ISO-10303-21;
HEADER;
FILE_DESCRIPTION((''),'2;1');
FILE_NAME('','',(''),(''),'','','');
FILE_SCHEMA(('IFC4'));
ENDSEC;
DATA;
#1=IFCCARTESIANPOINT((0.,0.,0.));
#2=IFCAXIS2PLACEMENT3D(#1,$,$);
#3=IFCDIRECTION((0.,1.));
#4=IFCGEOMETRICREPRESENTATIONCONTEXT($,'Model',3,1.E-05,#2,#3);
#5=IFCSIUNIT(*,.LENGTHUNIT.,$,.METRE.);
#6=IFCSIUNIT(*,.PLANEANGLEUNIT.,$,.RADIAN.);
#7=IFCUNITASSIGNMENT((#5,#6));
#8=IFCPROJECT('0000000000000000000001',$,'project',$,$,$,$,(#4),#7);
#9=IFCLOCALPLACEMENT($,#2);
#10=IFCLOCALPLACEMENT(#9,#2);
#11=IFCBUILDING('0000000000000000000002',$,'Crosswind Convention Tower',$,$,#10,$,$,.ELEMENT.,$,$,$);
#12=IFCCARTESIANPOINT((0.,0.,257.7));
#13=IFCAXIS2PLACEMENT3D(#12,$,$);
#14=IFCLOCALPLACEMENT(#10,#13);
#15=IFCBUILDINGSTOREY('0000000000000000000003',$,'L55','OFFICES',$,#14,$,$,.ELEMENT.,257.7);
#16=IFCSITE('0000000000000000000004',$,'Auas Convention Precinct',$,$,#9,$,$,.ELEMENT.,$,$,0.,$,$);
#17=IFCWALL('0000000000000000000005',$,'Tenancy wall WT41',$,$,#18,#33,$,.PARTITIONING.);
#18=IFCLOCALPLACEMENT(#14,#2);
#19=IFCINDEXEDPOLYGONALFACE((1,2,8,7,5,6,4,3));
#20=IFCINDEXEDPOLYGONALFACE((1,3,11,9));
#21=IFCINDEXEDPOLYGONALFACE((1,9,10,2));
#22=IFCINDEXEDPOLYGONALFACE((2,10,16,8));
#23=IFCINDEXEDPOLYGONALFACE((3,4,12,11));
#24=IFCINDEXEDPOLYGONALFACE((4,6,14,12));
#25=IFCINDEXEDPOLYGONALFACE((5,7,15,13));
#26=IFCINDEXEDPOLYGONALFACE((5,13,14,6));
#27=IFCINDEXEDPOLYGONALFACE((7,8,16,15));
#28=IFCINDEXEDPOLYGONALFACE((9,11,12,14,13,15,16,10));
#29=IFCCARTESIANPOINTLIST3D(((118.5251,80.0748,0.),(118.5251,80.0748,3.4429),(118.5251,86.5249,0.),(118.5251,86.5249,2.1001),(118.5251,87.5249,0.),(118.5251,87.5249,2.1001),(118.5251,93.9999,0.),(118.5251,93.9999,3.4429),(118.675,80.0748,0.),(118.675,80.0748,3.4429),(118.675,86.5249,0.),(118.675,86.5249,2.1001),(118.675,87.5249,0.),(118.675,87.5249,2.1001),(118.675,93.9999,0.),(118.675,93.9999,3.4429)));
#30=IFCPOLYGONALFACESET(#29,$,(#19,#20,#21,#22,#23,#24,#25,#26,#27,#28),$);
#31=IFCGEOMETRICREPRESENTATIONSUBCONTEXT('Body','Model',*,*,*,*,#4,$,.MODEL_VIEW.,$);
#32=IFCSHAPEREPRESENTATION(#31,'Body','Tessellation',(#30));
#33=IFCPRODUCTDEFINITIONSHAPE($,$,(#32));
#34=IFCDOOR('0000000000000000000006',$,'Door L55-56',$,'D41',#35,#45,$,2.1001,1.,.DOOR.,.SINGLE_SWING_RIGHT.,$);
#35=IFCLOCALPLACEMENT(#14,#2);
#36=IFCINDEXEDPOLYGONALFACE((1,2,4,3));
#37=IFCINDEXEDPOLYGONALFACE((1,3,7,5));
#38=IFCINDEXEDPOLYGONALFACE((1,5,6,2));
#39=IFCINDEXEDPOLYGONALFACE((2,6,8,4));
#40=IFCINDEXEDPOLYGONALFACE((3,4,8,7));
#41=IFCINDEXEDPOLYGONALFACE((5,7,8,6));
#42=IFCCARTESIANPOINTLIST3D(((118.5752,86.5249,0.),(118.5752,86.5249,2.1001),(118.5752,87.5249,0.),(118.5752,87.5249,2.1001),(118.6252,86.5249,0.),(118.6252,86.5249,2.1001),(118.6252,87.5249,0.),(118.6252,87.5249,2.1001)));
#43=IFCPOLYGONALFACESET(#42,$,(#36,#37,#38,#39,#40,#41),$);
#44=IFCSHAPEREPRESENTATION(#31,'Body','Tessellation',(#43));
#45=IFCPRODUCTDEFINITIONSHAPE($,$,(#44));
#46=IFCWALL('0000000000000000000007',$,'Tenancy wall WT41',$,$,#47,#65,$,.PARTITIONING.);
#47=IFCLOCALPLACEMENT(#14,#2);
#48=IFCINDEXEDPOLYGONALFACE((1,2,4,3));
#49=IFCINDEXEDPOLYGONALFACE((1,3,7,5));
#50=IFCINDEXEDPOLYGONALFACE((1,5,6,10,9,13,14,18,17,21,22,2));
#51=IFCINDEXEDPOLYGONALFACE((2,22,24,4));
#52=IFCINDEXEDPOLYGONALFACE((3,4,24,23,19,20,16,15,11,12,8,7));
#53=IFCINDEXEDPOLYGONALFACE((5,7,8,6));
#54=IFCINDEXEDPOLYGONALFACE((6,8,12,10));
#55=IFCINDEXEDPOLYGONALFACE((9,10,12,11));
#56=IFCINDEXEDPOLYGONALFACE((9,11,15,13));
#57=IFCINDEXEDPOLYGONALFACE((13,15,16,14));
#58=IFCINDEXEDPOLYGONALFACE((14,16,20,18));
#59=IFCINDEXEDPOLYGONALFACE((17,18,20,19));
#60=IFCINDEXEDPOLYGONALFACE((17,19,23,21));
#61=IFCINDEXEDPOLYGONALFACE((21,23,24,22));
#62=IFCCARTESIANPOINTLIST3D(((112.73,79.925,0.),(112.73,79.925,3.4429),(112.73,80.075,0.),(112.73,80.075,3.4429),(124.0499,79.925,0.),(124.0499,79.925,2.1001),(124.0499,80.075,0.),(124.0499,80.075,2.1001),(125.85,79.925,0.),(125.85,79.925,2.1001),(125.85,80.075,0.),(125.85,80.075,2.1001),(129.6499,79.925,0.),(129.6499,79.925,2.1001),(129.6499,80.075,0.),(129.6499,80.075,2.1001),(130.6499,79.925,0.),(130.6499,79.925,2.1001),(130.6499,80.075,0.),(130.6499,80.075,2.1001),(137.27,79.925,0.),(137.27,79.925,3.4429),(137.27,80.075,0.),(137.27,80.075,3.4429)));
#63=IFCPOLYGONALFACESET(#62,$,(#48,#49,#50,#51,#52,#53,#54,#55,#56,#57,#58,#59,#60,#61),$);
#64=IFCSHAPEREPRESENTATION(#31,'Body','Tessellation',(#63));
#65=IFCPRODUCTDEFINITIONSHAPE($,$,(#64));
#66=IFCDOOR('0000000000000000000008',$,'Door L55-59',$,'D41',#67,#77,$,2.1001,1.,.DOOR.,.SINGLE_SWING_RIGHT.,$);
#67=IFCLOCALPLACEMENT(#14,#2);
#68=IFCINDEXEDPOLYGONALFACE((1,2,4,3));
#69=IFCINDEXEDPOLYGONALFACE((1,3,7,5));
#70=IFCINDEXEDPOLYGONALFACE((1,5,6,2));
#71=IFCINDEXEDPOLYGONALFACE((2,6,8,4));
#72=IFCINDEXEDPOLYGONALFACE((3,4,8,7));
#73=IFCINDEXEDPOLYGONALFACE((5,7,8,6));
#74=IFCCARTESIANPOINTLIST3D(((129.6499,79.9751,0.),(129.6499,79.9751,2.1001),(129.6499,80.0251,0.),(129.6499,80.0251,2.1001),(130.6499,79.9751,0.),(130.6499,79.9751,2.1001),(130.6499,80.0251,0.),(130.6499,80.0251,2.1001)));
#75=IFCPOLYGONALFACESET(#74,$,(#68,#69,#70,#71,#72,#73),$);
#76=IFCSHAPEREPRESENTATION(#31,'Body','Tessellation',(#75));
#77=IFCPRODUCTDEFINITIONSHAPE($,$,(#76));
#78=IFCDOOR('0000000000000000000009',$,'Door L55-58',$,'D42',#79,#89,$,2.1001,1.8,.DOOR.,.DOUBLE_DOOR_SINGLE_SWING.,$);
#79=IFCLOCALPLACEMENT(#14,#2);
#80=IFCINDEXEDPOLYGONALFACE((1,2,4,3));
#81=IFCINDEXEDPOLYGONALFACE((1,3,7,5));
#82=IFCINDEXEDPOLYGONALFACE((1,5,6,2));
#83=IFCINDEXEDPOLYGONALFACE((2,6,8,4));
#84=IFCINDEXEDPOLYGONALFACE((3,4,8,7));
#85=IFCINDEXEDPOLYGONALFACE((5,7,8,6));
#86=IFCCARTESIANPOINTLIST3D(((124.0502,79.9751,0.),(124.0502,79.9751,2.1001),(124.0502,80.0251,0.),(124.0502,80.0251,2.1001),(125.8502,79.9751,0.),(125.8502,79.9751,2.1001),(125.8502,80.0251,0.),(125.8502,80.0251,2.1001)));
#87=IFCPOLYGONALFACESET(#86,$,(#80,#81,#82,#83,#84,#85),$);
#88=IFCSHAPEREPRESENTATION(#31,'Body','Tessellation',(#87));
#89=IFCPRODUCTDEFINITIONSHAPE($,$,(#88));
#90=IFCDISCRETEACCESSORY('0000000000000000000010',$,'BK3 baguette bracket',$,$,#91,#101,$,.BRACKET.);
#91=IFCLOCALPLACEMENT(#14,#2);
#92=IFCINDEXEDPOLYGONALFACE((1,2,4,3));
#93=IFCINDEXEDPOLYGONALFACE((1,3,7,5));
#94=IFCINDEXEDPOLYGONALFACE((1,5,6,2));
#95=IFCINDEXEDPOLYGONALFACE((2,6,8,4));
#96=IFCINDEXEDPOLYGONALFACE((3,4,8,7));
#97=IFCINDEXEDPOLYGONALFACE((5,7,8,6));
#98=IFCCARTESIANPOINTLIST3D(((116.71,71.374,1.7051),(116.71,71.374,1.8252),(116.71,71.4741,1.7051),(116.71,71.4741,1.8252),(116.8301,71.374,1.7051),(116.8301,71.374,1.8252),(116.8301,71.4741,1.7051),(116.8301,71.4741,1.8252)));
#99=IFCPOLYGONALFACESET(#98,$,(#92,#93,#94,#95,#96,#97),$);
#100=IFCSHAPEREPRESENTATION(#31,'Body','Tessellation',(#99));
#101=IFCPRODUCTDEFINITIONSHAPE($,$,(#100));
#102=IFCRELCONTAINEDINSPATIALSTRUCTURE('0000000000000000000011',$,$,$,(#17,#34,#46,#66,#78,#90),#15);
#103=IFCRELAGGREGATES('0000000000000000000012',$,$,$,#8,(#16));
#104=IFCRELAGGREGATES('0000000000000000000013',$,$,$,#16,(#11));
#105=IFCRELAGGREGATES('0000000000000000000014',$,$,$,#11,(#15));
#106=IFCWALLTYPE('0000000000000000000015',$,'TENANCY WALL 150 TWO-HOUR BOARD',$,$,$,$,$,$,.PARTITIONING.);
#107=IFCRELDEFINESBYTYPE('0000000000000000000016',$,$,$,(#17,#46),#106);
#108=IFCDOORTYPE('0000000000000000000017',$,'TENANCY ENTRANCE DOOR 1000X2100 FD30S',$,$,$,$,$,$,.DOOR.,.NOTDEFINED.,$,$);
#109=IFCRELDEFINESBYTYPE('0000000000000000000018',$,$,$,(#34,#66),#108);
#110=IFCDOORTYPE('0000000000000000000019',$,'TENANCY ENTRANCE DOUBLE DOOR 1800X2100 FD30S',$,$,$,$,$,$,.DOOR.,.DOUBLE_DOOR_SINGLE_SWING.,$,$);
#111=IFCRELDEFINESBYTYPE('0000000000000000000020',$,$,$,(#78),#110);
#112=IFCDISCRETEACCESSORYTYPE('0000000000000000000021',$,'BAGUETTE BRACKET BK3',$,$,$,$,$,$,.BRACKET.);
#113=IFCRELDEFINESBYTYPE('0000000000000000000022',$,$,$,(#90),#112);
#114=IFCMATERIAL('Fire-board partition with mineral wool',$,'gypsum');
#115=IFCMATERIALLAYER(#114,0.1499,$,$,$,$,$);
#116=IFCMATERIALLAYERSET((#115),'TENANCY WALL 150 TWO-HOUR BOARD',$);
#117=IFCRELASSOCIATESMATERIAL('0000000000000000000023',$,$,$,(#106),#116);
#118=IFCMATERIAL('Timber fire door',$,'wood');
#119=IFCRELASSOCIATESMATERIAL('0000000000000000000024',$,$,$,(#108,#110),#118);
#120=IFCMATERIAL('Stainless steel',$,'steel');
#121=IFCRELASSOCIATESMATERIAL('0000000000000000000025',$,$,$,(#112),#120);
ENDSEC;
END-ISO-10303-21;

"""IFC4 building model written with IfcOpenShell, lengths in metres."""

from ifc_helpers import new_model, si_unit, direction, frame, frame_2d, origin, origin_2d, place, context, subcontext, project, spatial, rectangle, extrude, material, layer, layer_set, type_object, element, fill, save


model = new_model("IFC4")

# Units and contexts
model_context = context("Model", 3, precision=1e-05, world=origin(), true_north=direction((0.0, 1.0)))
body_context = subcontext(model_context, "Body", "Model", "MODEL_VIEW")
ifc_project = project(units=[si_unit("LENGTHUNIT", "METRE"), si_unit("PLANEANGLEUNIT", "RADIAN")], contexts=[model_context])

# Site, building, storey
site_placement = place(None, origin())
site = spatial("IfcSite", under=ifc_project, at=site_placement, Name="Auas Convention Precinct", CompositionType="ELEMENT", RefElevation=0.0)
building_placement = place(site_placement, origin())
building = spatial("IfcBuilding", under=site, at=building_placement, Name="Crosswind Convention Tower", CompositionType="ELEMENT")
storey_placement = place(building_placement, frame((0.0, 0.0, 257.7)))
storey = spatial("IfcBuildingStorey", under=building, at=storey_placement, Name="L55", Description="OFFICES", CompositionType="ELEMENT", Elevation=257.7)

# Wall, opening, door
ifc_material_1 = material(Name="Fire-board partition with mineral wool", Category="gypsum")
ifc_layer_1 = layer(ifc_material_1, 0.1499)
ifc_layer_set_1 = layer_set([ifc_layer_1], Name="TENANCY WALL 150 TWO-HOUR BOARD")
wall_type = type_object("IfcWallType", Name="TENANCY WALL 150 TWO-HOUR BOARD", PredefinedType="PARTITIONING", material=ifc_layer_set_1)
wall_1_placement = place(storey_placement, frame((118.6001, 80.075, 0.0), z_axis=(0.0, 0.0, 1.0), x_axis=(0.0, 1.0, 0.0)))
wall_1 = element("IfcWall", 1, at=wall_1_placement, inside=storey, type_object=wall_type, Name="Tenancy wall WT41", PredefinedType="PARTITIONING", context=body_context, shape_type="SweptSolid", body=[
    extrude(rectangle(XDim=13.925, YDim=0.1499, at=frame_2d((6.9624, 0.0))), origin(), (0.0, 0.0, 1.0), 3.4429),
])
opening_1_placement = place(wall_1_placement, frame((6.45, 0.0, 0.0)))
opening_1 = element("IfcOpeningElement", 2, at=opening_1_placement, cuts=wall_1, PredefinedType="OPENING", context=body_context, shape_type="SweptSolid", body=[
    extrude(rectangle(XDim=1.0, YDim=2.1001, at=frame_2d((0.5, 1.05))), frame((0.0, 0.085, 0.0), z_axis=(0.0, -1.0, 0.0), x_axis=(1.0, 0.0, 0.0)), (0.0, 0.0, 1.0), 0.1699),
])
ifc_material_2 = material(Name="Timber fire door", Category="wood")
door_type_1 = type_object("IfcDoorType", Name="TENANCY ENTRANCE DOOR 1000X2100 FD30S", OperationType="NOTDEFINED", PredefinedType="DOOR", material=ifc_material_2)
door_1_placement = place(opening_1_placement, origin())
door_1 = element("IfcDoor", 3, at=door_1_placement, inside=storey, type_object=door_type_1, Name="Door L55-56", ObjectType="D41", OperationType="SINGLE_SWING_RIGHT", OverallHeight=2.1001, OverallWidth=1.0, PredefinedType="DOOR", context=body_context, shape_type="SweptSolid", body=[
    extrude(rectangle(XDim=1.0, YDim=2.1001, at=frame_2d((0.5, 1.05))), frame((0.0, 0.0249, 0.0), z_axis=(0.0, -1.0, 0.0), x_axis=(1.0, 0.0, 0.0)), (0.0, 0.0, 1.0), 0.05),
])
fill(opening_1, door_1)

# Wall, openings, doors
wall_2_placement = place(storey_placement, frame((112.73, 80.0, 0.0), z_axis=(0.0, 0.0, 1.0), x_axis=(1.0, 0.0, 0.0)))
wall_2 = element("IfcWall", 4, at=wall_2_placement, inside=storey, type_object=wall_type, Name="Tenancy wall WT41", PredefinedType="PARTITIONING", context=body_context, shape_type="SweptSolid", body=[
    extrude(rectangle(XDim=24.54, YDim=0.1499, at=frame_2d((12.27, 0.0))), origin(), (0.0, 0.0, 1.0), 3.4429),
])
opening_2_placement = place(wall_2_placement, frame((11.3201, 0.0, 0.0)))
opening_2 = element("IfcOpeningElement", 5, at=opening_2_placement, cuts=wall_2, PredefinedType="OPENING", context=body_context, shape_type="SweptSolid", body=[
    extrude(rectangle(XDim=1.8, YDim=2.1001, at=frame_2d((0.8999, 1.05))), frame((0.0, 0.085, 0.0), z_axis=(0.0, -1.0, 0.0), x_axis=(1.0, 0.0, 0.0)), (0.0, 0.0, 1.0), 0.1699),
])
opening_3_placement = place(wall_2_placement, frame((16.9199, 0.0, 0.0)))
opening_3 = element("IfcOpeningElement", 6, at=opening_3_placement, cuts=wall_2, PredefinedType="OPENING", context=body_context, shape_type="SweptSolid", body=[
    extrude(rectangle(XDim=1.0, YDim=2.1001, at=frame_2d((0.5, 1.05))), frame((0.0, 0.085, 0.0), z_axis=(0.0, -1.0, 0.0), x_axis=(1.0, 0.0, 0.0)), (0.0, 0.0, 1.0), 0.1699),
])
door_2_placement = place(opening_3_placement, frame((1.0, 0.0, 0.0), z_axis=(0.0, 0.0, 1.0), x_axis=(-1.0, 0.0, 0.0)))
door_2 = element("IfcDoor", 7, at=door_2_placement, inside=storey, type_object=door_type_1, Name="Door L55-59", ObjectType="D41", OperationType="SINGLE_SWING_RIGHT", OverallHeight=2.1001, OverallWidth=1.0, PredefinedType="DOOR", context=body_context, shape_type="SweptSolid", body=[
    extrude(rectangle(XDim=1.0, YDim=2.1001, at=frame_2d((0.5, 1.05))), frame((0.0, 0.0249, 0.0), z_axis=(0.0, -1.0, 0.0), x_axis=(1.0, 0.0, 0.0)), (0.0, 0.0, 1.0), 0.05),
])
fill(opening_3, door_2)
door_type_2 = type_object("IfcDoorType", Name="TENANCY ENTRANCE DOUBLE DOOR 1800X2100 FD30S", OperationType="DOUBLE_DOOR_SINGLE_SWING", PredefinedType="DOOR", material=ifc_material_2)
door_3_placement = place(opening_2_placement, frame((1.8, 0.0, 0.0), z_axis=(0.0, 0.0, 1.0), x_axis=(-1.0, 0.0, 0.0)))
door_3 = element("IfcDoor", 8, at=door_3_placement, inside=storey, type_object=door_type_2, Name="Door L55-58", ObjectType="D42", OperationType="DOUBLE_DOOR_SINGLE_SWING", OverallHeight=2.1001, OverallWidth=1.8, PredefinedType="DOOR", context=body_context, shape_type="SweptSolid", body=[
    extrude(rectangle(XDim=1.8, YDim=2.1001, at=frame_2d((0.8999, 1.05))), frame((0.0, 0.0249, 0.0), z_axis=(0.0, -1.0, 0.0), x_axis=(1.0, 0.0, 0.0)), (0.0, 0.0, 1.0), 0.05),
])
fill(opening_2, door_3)

# Discrete accessory
ifc_material_3 = material(Name="Stainless steel", Category="steel")
discrete_accessory_type = type_object("IfcDiscreteAccessoryType", Name="BAGUETTE BRACKET BK3", PredefinedType="BRACKET", material=ifc_material_3)
discrete_accessory_placement = place(storey_placement, frame((116.77, 71.4241, 1.7051), z_axis=(0.0, 0.0, 1.0), x_axis=(1.0, 0.0, 0.0)))
element("IfcDiscreteAccessory", 9, at=discrete_accessory_placement, inside=storey, type_object=discrete_accessory_type, Name="BK3 baguette bracket", PredefinedType="BRACKET", context=body_context, shape_type="SweptSolid", body=[
    extrude(rectangle(XDim=0.1201, YDim=0.1001, at=origin_2d()), origin(), (0.0, 0.0, 1.0), 0.1201),
])

save(model, "model.ifc")
